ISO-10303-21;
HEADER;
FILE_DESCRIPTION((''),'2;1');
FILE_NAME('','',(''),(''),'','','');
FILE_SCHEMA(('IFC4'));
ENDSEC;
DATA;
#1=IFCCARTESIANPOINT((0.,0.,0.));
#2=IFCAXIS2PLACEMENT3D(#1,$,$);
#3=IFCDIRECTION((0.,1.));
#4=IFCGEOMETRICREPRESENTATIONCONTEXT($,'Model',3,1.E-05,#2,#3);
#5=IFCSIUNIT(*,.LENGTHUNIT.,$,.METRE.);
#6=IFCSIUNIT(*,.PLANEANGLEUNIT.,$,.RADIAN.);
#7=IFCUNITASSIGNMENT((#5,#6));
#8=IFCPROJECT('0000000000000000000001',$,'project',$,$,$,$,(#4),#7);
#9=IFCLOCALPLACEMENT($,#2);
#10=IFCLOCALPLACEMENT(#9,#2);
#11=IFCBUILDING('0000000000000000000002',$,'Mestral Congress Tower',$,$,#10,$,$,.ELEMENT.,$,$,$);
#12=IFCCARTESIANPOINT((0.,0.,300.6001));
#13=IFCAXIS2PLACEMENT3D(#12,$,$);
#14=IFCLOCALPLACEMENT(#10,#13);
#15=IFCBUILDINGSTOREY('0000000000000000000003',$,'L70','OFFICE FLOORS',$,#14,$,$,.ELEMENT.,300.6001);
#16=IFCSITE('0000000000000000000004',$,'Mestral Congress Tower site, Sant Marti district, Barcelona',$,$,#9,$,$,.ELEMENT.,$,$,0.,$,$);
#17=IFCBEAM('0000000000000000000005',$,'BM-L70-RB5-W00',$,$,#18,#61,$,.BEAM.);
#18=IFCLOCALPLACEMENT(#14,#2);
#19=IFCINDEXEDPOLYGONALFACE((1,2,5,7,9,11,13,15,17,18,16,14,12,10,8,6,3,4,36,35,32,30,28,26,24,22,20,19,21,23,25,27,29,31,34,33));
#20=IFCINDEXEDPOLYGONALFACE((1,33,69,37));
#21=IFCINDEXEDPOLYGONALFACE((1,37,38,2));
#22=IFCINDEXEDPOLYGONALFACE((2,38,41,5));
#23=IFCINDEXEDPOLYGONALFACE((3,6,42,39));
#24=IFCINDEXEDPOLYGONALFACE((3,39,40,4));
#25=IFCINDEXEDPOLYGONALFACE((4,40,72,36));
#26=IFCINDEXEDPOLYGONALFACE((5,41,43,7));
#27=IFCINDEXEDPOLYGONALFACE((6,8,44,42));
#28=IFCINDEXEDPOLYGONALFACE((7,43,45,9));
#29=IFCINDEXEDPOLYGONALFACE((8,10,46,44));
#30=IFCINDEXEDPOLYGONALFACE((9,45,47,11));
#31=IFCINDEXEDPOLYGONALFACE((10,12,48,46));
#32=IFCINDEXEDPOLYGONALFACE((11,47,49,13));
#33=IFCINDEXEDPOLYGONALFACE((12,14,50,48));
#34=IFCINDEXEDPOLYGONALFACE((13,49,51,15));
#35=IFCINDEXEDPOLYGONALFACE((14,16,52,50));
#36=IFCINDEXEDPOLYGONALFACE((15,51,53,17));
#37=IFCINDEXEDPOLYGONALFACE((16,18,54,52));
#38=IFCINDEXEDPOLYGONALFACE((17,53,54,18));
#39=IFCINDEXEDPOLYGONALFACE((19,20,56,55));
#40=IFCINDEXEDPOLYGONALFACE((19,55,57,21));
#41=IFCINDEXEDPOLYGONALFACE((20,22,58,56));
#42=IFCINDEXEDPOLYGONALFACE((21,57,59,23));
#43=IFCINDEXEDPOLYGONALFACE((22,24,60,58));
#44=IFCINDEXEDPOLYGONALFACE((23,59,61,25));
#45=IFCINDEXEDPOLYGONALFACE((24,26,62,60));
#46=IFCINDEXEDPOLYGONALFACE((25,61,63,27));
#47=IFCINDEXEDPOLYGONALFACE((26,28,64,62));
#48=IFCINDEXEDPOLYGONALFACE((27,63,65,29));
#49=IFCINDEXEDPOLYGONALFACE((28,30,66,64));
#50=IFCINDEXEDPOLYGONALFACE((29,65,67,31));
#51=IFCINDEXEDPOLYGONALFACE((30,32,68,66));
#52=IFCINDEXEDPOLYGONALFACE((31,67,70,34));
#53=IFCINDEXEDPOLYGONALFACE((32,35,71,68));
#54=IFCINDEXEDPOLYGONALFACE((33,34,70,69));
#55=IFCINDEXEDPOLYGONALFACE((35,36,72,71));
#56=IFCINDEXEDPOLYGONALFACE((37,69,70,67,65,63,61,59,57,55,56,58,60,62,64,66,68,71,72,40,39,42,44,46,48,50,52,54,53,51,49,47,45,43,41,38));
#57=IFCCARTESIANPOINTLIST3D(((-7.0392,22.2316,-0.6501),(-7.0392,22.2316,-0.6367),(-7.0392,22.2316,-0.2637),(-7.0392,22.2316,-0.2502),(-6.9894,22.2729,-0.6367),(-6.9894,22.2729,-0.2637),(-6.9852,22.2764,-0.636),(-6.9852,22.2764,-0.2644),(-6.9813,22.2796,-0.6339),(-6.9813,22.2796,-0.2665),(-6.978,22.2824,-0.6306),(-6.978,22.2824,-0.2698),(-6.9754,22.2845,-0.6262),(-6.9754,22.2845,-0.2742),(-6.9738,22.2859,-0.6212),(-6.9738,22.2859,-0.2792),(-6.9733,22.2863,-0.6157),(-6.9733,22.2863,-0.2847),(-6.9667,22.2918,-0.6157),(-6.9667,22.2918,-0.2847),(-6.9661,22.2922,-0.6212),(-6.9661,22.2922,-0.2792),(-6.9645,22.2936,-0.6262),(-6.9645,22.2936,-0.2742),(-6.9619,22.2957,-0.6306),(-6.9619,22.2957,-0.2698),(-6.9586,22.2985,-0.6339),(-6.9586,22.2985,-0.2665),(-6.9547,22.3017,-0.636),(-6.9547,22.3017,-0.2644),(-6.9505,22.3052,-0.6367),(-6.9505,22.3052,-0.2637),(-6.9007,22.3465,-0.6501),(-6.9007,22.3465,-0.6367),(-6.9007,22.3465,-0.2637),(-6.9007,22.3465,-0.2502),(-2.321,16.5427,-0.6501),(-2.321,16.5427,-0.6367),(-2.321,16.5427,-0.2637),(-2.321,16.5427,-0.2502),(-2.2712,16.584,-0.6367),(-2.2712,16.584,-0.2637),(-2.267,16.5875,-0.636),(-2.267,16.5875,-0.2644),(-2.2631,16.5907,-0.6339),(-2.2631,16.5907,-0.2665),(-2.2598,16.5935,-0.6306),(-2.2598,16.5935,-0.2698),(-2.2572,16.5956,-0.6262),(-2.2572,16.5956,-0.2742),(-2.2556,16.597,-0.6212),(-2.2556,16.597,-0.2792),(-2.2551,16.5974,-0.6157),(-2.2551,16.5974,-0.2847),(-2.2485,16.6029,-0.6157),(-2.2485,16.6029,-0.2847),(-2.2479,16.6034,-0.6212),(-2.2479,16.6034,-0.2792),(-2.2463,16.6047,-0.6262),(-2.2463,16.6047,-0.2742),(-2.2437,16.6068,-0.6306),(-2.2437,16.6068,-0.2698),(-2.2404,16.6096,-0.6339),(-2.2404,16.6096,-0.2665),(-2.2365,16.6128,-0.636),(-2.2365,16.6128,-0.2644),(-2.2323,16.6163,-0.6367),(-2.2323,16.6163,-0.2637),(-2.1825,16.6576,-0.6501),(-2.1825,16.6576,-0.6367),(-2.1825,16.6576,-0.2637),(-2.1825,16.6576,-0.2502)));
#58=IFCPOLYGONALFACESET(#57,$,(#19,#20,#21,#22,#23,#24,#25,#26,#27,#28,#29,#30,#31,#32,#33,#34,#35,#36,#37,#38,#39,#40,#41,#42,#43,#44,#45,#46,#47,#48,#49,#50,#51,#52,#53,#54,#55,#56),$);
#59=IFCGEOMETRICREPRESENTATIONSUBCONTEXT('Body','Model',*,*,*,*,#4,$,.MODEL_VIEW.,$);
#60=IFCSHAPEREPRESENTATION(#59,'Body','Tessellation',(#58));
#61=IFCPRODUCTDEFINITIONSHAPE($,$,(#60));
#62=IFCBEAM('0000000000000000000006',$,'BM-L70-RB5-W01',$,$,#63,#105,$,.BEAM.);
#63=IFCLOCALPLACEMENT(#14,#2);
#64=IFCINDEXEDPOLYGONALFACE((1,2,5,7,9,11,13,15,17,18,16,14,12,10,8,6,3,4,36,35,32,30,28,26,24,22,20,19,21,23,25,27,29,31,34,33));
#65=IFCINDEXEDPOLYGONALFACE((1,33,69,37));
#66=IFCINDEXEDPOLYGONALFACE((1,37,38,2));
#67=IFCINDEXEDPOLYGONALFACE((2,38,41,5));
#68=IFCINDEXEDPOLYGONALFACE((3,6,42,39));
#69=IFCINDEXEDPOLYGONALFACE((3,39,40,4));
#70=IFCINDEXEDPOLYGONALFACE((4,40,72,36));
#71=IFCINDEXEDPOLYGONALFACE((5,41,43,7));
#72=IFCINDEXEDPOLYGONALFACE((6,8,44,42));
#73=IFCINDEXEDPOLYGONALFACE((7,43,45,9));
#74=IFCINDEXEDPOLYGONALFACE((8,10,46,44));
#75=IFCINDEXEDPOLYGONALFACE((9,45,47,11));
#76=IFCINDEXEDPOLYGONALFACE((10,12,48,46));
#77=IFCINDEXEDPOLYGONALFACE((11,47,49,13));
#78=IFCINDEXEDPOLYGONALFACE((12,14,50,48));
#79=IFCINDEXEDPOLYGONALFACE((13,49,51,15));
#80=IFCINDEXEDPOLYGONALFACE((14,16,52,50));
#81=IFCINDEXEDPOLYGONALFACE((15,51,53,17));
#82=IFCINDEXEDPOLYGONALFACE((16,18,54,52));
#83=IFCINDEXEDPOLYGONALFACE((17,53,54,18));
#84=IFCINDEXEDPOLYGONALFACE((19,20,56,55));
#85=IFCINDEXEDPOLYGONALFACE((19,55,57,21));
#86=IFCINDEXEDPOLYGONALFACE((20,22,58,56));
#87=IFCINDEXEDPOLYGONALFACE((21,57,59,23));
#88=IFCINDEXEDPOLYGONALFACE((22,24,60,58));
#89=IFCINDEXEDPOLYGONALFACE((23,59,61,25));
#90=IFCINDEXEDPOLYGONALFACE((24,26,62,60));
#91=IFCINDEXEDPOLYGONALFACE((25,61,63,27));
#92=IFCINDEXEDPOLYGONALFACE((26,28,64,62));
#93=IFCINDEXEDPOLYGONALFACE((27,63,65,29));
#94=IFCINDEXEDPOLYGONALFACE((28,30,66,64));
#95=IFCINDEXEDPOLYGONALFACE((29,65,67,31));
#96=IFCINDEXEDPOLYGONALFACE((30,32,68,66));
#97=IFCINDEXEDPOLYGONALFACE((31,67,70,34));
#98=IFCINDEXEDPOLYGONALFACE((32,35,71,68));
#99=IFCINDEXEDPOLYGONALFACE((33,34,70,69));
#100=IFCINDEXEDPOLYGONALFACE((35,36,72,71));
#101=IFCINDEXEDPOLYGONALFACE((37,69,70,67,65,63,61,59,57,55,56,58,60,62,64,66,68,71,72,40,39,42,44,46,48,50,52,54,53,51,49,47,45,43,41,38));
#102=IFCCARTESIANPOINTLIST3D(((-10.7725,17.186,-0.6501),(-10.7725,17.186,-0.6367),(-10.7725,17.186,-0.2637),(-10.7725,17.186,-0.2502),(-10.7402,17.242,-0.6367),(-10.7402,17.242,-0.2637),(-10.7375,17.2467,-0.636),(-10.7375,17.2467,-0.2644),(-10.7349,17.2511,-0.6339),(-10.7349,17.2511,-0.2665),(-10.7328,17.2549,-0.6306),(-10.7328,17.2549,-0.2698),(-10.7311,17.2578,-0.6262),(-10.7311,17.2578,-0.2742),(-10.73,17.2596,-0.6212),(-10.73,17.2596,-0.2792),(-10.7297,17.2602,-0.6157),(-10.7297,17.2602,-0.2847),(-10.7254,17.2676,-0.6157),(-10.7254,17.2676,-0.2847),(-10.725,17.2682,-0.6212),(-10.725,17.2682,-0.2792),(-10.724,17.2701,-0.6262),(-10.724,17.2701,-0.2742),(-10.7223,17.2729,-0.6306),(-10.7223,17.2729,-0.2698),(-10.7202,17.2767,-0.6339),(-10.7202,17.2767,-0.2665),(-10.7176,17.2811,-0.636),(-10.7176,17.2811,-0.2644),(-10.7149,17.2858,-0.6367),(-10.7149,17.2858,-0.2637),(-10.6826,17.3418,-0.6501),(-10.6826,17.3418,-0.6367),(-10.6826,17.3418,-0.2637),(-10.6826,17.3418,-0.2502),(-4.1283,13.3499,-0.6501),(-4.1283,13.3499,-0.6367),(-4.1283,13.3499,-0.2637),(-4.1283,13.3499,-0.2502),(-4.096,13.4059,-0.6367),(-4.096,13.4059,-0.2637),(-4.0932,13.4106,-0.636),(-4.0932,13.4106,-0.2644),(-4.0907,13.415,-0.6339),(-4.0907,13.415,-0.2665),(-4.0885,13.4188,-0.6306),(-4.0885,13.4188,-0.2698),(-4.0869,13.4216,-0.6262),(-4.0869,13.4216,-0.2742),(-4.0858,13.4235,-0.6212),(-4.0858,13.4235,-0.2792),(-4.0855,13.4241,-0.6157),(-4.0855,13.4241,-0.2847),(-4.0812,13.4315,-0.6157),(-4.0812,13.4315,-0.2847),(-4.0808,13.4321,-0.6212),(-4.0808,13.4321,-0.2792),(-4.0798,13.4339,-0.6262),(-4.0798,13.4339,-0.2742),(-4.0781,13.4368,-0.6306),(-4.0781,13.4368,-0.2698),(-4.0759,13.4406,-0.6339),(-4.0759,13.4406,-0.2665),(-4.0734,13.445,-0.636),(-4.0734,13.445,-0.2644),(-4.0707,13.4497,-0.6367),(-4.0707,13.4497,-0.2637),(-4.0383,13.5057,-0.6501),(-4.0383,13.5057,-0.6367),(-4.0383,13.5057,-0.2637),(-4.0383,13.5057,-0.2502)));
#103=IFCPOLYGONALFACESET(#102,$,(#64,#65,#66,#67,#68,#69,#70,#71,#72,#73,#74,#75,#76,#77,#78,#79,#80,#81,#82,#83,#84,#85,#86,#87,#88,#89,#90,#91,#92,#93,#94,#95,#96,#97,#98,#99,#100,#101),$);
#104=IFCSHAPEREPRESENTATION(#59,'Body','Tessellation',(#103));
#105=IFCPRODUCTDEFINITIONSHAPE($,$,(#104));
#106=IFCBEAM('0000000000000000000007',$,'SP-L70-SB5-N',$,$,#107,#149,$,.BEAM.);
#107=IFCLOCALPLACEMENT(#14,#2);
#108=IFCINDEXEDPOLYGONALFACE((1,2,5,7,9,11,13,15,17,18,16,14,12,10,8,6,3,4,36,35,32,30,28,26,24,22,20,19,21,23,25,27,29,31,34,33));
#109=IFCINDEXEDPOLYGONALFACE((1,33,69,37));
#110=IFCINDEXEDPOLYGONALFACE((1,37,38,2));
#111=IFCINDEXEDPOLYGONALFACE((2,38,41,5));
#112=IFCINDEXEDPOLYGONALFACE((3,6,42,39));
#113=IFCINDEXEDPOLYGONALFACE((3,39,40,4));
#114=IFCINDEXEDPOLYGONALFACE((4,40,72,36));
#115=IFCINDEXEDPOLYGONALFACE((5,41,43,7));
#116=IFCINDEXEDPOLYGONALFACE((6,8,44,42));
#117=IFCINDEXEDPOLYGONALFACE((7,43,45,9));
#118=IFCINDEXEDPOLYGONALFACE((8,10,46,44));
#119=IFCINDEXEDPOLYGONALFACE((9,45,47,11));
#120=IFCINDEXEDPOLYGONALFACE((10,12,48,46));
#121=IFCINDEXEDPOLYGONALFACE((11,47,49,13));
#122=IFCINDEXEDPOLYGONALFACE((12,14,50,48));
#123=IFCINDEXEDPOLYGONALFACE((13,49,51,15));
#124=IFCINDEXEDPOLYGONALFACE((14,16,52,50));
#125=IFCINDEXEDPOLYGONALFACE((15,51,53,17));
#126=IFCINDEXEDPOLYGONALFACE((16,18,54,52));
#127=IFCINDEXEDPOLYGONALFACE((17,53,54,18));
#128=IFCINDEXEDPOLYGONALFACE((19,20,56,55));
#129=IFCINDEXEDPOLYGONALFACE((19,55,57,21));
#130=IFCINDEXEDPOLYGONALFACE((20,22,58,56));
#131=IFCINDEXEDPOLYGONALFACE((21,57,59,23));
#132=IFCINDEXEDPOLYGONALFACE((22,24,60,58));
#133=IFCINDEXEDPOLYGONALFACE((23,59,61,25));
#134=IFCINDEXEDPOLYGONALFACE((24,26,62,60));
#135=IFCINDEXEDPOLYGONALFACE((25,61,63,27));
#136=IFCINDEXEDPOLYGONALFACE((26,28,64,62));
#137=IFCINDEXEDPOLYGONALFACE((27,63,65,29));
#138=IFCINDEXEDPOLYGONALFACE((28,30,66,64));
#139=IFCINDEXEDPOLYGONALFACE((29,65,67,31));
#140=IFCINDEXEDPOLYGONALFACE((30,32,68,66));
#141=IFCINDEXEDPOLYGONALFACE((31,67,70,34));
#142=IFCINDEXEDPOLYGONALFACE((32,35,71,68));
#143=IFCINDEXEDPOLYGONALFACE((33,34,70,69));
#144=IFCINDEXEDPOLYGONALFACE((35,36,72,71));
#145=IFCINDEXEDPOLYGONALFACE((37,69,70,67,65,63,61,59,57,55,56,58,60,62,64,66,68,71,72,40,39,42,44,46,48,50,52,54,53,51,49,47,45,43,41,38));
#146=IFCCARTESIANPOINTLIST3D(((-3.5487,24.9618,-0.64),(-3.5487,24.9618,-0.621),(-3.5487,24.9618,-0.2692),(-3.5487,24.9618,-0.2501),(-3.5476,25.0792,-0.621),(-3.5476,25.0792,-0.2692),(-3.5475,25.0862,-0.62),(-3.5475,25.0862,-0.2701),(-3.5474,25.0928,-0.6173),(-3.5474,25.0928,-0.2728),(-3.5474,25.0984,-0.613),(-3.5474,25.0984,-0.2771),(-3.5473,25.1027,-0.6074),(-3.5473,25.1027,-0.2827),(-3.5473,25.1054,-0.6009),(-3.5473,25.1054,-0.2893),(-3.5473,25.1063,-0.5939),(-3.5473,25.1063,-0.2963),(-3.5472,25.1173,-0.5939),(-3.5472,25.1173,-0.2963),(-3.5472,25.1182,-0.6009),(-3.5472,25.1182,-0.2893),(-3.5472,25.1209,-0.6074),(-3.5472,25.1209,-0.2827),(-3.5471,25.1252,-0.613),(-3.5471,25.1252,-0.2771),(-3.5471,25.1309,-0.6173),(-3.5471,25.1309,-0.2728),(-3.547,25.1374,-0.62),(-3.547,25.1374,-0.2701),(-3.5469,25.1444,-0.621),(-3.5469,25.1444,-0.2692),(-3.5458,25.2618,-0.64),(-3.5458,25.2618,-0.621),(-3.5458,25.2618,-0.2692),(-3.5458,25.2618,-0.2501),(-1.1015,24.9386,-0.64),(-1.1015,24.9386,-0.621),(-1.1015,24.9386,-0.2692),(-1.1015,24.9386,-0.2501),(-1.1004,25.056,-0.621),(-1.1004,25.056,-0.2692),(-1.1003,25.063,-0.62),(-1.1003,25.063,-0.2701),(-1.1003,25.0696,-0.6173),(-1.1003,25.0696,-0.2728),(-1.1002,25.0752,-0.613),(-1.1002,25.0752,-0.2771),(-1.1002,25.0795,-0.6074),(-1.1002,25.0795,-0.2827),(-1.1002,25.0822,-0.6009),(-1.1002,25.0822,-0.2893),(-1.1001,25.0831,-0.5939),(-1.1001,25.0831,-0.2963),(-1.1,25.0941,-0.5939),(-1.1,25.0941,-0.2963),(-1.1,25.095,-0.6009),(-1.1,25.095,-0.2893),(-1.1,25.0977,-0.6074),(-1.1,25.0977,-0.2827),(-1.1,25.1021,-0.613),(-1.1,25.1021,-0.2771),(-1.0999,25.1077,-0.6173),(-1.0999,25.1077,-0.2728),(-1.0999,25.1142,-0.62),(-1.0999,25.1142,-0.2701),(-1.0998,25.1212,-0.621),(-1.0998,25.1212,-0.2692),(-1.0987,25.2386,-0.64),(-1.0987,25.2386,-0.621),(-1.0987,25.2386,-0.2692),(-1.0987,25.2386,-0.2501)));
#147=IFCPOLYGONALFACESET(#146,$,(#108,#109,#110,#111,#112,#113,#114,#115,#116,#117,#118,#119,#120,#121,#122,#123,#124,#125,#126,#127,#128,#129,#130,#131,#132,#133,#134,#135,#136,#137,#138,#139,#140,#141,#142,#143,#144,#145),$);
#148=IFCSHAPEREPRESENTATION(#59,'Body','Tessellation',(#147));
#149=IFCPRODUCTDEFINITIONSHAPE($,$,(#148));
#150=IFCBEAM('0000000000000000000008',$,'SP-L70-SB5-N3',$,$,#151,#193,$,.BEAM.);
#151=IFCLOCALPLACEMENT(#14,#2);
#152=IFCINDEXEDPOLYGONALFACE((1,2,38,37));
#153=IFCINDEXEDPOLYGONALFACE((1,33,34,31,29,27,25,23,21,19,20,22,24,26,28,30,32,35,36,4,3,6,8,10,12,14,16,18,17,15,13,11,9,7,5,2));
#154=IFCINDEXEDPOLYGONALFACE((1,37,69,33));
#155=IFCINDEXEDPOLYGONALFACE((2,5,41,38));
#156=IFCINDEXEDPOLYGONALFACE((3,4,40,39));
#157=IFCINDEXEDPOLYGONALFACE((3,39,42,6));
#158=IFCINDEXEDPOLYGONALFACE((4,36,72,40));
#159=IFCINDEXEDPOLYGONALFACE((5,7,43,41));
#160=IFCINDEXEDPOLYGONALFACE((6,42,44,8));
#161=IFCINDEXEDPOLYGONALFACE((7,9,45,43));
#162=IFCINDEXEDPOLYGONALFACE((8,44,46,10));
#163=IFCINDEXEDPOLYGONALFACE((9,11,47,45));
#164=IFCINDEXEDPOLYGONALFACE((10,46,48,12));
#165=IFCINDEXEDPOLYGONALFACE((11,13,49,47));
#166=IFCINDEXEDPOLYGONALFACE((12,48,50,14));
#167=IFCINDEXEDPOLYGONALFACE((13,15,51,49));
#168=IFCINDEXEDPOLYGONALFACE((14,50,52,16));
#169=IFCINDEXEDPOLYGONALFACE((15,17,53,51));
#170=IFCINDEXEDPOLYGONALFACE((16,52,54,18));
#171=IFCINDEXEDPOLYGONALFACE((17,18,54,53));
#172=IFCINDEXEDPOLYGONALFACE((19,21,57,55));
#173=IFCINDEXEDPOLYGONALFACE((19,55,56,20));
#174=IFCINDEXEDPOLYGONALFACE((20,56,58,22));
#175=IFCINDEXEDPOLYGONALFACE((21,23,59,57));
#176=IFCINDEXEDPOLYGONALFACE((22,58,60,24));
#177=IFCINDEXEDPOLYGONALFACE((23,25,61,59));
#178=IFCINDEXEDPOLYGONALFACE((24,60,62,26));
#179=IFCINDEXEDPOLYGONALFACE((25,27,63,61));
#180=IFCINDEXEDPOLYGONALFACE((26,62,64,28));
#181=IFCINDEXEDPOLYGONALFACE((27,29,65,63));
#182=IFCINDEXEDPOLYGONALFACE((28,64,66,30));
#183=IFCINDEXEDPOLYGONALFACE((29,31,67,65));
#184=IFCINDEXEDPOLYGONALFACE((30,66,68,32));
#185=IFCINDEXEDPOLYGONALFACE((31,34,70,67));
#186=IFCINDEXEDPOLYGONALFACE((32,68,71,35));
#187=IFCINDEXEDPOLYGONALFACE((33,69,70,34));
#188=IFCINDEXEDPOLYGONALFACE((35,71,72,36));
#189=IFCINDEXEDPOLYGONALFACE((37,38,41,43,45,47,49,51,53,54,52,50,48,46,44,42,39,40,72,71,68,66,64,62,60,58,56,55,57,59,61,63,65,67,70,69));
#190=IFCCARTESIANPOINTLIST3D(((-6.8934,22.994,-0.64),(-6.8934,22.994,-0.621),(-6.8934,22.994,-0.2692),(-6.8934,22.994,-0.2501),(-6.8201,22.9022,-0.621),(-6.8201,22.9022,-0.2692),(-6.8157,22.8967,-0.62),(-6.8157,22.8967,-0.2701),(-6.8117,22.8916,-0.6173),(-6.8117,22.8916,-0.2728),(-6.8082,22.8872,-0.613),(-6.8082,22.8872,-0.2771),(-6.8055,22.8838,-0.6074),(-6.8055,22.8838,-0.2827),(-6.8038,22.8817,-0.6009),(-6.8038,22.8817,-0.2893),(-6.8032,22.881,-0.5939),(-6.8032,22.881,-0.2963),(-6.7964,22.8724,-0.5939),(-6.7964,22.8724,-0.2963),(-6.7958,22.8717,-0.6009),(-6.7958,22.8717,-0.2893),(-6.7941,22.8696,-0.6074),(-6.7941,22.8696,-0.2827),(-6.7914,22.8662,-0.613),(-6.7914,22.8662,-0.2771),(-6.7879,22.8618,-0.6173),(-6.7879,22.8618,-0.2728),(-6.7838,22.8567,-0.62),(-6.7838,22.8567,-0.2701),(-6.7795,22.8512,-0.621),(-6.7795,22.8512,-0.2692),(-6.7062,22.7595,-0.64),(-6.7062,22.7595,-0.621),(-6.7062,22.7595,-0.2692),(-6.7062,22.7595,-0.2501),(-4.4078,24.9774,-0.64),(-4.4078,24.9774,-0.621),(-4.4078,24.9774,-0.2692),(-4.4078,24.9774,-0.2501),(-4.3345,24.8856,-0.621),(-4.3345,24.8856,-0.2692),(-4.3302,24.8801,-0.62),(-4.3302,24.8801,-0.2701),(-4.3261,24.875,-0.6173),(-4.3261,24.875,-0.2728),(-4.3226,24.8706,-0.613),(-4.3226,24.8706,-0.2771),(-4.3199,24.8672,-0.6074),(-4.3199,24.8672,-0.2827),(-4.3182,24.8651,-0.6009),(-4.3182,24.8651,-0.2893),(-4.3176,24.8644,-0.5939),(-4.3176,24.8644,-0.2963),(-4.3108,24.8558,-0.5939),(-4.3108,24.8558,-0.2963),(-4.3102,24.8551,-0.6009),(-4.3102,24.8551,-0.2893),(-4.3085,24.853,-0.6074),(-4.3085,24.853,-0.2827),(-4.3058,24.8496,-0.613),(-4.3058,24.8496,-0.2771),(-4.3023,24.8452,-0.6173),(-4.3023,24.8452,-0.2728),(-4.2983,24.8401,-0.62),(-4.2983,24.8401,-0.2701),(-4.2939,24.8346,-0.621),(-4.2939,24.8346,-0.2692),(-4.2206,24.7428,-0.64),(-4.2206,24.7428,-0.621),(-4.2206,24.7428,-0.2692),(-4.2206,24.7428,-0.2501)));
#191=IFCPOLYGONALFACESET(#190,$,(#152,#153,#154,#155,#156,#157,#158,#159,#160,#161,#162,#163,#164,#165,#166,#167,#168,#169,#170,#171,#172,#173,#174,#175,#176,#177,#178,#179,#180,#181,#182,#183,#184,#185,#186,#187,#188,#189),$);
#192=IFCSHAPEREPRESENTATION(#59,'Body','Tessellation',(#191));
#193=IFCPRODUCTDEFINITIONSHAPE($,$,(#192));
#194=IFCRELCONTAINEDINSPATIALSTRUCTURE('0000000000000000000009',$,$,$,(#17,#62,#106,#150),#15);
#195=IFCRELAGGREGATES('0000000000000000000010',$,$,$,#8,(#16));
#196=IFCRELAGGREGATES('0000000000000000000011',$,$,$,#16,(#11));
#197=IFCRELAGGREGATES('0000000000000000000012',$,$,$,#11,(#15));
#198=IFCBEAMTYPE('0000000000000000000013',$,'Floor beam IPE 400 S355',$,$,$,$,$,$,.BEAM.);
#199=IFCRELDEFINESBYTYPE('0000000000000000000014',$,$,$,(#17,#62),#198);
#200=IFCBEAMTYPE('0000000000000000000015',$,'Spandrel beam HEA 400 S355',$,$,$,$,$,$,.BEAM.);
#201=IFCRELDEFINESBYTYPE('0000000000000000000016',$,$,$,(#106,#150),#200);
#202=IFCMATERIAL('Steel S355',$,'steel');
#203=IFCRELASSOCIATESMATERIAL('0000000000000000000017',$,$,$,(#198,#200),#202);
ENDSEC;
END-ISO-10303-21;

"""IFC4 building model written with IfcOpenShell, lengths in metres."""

from ifc_helpers import new_model, si_unit, direction, frame, origin, origin_2d, place, context, subcontext, project, spatial, i_section, extrude, material, material_profile, profile_set, type_object, element, save


model = new_model("IFC4")

# Units and contexts
model_context = context("Model", 3, precision=1e-05, world=origin(), true_north=direction((0.0, 1.0)))
body_context = subcontext(model_context, "Body", "Model", "MODEL_VIEW")
ifc_project = project(units=[si_unit("LENGTHUNIT", "METRE"), si_unit("PLANEANGLEUNIT", "RADIAN")], contexts=[model_context])

# Site, building, storey
site_placement = place(None, origin())
site = spatial("IfcSite", under=ifc_project, at=site_placement, Name="Mestral Congress Tower site, Sant Marti district, Barcelona", CompositionType="ELEMENT", RefElevation=0.0)
building_placement = place(site_placement, origin())
building = spatial("IfcBuilding", under=site, at=building_placement, Name="Mestral Congress Tower", CompositionType="ELEMENT")
storey_placement = place(building_placement, frame((0.0, 0.0, 300.6001)))
storey = spatial("IfcBuildingStorey", under=building, at=storey_placement, Name="L70", Description="OFFICE FLOORS", CompositionType="ELEMENT", Elevation=300.6001)

# Beams
ifc_material_1 = material(Name="Steel S355", Category="steel")
ifc_material_profile_1 = material_profile(ifc_material_1, i_section(OverallWidth=0.1799, OverallDepth=0.3999, WebThickness=0.0085, FlangeThickness=0.0134, FilletRadius=0.021, at=origin_2d()), Name="IPE 400")
ifc_profile_set_1 = profile_set([ifc_material_profile_1], Name="Steel S355")
beam_type_1 = type_object("IfcBeamType", Name="Floor beam IPE 400 S355", PredefinedType="BEAM", material=ifc_profile_set_1)
beam_1_placement = place(storey_placement, frame((-6.97, 22.2891, -0.4502), z_axis=(0.638383, -0.769719, 0.0), x_axis=(0.769719, 0.638383, 0.0)))
element("IfcBeam", 1, at=beam_1_placement, inside=storey, type_object=beam_type_1, Name="BM-L70-RB5-W00", PredefinedType="BEAM", context=body_context, shape_type="SweptSolid", body=[
    extrude(i_section(OverallWidth=0.1799, OverallDepth=0.3999, WebThickness=0.0085, FlangeThickness=0.0134, FilletRadius=0.021, at=origin_2d()), origin(), (0.0, 0.0, 1.0), 7.3909),
])
beam_2_placement = place(storey_placement, frame((-10.7275, 17.2639, -0.4502), z_axis=(0.86602, -0.50001, 0.0), x_axis=(0.50001, 0.86602, 0.0)))
element("IfcBeam", 2, at=beam_2_placement, inside=storey, type_object=beam_type_1, Name="BM-L70-RB5-W01", PredefinedType="BEAM", context=body_context, shape_type="SweptSolid", body=[
    extrude(i_section(OverallWidth=0.1799, OverallDepth=0.3999, WebThickness=0.0085, FlangeThickness=0.0134, FilletRadius=0.021, at=origin_2d()), origin(), (0.0, 0.0, 1.0), 7.6721),
])
ifc_material_profile_2 = material_profile(ifc_material_1, i_section(OverallWidth=0.3, OverallDepth=0.3899, WebThickness=0.011, FlangeThickness=0.019, FilletRadius=0.0271, at=origin_2d()), Name="HEA 400")
ifc_profile_set_2 = profile_set([ifc_material_profile_2], Name="Steel S355")
beam_type_2 = type_object("IfcBeamType", Name="Spandrel beam HEA 400 S355", PredefinedType="BEAM", material=ifc_profile_set_2)
beam_3_placement = place(storey_placement, frame((-1.1001, 25.0886, -0.4451), z_axis=(-0.999955, 0.009477, 0.0), x_axis=(-0.009477, -0.999955, 0.0)))
element("IfcBeam", 3, at=beam_3_placement, inside=storey, type_object=beam_type_2, Name="SP-L70-SB5-N", PredefinedType="BEAM", context=body_context, shape_type="SweptSolid", body=[
    extrude(i_section(OverallWidth=0.3, OverallDepth=0.3899, WebThickness=0.011, FlangeThickness=0.019, FilletRadius=0.0271, at=origin_2d()), origin(), (0.0, 0.0, 1.0), 2.4473),
])
beam_4_placement = place(storey_placement, frame((-4.3142, 24.8601, -0.4451), z_axis=(-0.781647, -0.623721, 0.0), x_axis=(0.623721, -0.781647, 0.0)))
element("IfcBeam", 4, at=beam_4_placement, inside=storey, type_object=beam_type_2, Name="SP-L70-SB5-N3", PredefinedType="BEAM", context=body_context, shape_type="SweptSolid", body=[
    extrude(i_section(OverallWidth=0.3, OverallDepth=0.3899, WebThickness=0.011, FlangeThickness=0.019, FilletRadius=0.0271, at=origin_2d()), origin(), (0.0, 0.0, 1.0), 3.1799),
])

save(model, "model.ifc")
